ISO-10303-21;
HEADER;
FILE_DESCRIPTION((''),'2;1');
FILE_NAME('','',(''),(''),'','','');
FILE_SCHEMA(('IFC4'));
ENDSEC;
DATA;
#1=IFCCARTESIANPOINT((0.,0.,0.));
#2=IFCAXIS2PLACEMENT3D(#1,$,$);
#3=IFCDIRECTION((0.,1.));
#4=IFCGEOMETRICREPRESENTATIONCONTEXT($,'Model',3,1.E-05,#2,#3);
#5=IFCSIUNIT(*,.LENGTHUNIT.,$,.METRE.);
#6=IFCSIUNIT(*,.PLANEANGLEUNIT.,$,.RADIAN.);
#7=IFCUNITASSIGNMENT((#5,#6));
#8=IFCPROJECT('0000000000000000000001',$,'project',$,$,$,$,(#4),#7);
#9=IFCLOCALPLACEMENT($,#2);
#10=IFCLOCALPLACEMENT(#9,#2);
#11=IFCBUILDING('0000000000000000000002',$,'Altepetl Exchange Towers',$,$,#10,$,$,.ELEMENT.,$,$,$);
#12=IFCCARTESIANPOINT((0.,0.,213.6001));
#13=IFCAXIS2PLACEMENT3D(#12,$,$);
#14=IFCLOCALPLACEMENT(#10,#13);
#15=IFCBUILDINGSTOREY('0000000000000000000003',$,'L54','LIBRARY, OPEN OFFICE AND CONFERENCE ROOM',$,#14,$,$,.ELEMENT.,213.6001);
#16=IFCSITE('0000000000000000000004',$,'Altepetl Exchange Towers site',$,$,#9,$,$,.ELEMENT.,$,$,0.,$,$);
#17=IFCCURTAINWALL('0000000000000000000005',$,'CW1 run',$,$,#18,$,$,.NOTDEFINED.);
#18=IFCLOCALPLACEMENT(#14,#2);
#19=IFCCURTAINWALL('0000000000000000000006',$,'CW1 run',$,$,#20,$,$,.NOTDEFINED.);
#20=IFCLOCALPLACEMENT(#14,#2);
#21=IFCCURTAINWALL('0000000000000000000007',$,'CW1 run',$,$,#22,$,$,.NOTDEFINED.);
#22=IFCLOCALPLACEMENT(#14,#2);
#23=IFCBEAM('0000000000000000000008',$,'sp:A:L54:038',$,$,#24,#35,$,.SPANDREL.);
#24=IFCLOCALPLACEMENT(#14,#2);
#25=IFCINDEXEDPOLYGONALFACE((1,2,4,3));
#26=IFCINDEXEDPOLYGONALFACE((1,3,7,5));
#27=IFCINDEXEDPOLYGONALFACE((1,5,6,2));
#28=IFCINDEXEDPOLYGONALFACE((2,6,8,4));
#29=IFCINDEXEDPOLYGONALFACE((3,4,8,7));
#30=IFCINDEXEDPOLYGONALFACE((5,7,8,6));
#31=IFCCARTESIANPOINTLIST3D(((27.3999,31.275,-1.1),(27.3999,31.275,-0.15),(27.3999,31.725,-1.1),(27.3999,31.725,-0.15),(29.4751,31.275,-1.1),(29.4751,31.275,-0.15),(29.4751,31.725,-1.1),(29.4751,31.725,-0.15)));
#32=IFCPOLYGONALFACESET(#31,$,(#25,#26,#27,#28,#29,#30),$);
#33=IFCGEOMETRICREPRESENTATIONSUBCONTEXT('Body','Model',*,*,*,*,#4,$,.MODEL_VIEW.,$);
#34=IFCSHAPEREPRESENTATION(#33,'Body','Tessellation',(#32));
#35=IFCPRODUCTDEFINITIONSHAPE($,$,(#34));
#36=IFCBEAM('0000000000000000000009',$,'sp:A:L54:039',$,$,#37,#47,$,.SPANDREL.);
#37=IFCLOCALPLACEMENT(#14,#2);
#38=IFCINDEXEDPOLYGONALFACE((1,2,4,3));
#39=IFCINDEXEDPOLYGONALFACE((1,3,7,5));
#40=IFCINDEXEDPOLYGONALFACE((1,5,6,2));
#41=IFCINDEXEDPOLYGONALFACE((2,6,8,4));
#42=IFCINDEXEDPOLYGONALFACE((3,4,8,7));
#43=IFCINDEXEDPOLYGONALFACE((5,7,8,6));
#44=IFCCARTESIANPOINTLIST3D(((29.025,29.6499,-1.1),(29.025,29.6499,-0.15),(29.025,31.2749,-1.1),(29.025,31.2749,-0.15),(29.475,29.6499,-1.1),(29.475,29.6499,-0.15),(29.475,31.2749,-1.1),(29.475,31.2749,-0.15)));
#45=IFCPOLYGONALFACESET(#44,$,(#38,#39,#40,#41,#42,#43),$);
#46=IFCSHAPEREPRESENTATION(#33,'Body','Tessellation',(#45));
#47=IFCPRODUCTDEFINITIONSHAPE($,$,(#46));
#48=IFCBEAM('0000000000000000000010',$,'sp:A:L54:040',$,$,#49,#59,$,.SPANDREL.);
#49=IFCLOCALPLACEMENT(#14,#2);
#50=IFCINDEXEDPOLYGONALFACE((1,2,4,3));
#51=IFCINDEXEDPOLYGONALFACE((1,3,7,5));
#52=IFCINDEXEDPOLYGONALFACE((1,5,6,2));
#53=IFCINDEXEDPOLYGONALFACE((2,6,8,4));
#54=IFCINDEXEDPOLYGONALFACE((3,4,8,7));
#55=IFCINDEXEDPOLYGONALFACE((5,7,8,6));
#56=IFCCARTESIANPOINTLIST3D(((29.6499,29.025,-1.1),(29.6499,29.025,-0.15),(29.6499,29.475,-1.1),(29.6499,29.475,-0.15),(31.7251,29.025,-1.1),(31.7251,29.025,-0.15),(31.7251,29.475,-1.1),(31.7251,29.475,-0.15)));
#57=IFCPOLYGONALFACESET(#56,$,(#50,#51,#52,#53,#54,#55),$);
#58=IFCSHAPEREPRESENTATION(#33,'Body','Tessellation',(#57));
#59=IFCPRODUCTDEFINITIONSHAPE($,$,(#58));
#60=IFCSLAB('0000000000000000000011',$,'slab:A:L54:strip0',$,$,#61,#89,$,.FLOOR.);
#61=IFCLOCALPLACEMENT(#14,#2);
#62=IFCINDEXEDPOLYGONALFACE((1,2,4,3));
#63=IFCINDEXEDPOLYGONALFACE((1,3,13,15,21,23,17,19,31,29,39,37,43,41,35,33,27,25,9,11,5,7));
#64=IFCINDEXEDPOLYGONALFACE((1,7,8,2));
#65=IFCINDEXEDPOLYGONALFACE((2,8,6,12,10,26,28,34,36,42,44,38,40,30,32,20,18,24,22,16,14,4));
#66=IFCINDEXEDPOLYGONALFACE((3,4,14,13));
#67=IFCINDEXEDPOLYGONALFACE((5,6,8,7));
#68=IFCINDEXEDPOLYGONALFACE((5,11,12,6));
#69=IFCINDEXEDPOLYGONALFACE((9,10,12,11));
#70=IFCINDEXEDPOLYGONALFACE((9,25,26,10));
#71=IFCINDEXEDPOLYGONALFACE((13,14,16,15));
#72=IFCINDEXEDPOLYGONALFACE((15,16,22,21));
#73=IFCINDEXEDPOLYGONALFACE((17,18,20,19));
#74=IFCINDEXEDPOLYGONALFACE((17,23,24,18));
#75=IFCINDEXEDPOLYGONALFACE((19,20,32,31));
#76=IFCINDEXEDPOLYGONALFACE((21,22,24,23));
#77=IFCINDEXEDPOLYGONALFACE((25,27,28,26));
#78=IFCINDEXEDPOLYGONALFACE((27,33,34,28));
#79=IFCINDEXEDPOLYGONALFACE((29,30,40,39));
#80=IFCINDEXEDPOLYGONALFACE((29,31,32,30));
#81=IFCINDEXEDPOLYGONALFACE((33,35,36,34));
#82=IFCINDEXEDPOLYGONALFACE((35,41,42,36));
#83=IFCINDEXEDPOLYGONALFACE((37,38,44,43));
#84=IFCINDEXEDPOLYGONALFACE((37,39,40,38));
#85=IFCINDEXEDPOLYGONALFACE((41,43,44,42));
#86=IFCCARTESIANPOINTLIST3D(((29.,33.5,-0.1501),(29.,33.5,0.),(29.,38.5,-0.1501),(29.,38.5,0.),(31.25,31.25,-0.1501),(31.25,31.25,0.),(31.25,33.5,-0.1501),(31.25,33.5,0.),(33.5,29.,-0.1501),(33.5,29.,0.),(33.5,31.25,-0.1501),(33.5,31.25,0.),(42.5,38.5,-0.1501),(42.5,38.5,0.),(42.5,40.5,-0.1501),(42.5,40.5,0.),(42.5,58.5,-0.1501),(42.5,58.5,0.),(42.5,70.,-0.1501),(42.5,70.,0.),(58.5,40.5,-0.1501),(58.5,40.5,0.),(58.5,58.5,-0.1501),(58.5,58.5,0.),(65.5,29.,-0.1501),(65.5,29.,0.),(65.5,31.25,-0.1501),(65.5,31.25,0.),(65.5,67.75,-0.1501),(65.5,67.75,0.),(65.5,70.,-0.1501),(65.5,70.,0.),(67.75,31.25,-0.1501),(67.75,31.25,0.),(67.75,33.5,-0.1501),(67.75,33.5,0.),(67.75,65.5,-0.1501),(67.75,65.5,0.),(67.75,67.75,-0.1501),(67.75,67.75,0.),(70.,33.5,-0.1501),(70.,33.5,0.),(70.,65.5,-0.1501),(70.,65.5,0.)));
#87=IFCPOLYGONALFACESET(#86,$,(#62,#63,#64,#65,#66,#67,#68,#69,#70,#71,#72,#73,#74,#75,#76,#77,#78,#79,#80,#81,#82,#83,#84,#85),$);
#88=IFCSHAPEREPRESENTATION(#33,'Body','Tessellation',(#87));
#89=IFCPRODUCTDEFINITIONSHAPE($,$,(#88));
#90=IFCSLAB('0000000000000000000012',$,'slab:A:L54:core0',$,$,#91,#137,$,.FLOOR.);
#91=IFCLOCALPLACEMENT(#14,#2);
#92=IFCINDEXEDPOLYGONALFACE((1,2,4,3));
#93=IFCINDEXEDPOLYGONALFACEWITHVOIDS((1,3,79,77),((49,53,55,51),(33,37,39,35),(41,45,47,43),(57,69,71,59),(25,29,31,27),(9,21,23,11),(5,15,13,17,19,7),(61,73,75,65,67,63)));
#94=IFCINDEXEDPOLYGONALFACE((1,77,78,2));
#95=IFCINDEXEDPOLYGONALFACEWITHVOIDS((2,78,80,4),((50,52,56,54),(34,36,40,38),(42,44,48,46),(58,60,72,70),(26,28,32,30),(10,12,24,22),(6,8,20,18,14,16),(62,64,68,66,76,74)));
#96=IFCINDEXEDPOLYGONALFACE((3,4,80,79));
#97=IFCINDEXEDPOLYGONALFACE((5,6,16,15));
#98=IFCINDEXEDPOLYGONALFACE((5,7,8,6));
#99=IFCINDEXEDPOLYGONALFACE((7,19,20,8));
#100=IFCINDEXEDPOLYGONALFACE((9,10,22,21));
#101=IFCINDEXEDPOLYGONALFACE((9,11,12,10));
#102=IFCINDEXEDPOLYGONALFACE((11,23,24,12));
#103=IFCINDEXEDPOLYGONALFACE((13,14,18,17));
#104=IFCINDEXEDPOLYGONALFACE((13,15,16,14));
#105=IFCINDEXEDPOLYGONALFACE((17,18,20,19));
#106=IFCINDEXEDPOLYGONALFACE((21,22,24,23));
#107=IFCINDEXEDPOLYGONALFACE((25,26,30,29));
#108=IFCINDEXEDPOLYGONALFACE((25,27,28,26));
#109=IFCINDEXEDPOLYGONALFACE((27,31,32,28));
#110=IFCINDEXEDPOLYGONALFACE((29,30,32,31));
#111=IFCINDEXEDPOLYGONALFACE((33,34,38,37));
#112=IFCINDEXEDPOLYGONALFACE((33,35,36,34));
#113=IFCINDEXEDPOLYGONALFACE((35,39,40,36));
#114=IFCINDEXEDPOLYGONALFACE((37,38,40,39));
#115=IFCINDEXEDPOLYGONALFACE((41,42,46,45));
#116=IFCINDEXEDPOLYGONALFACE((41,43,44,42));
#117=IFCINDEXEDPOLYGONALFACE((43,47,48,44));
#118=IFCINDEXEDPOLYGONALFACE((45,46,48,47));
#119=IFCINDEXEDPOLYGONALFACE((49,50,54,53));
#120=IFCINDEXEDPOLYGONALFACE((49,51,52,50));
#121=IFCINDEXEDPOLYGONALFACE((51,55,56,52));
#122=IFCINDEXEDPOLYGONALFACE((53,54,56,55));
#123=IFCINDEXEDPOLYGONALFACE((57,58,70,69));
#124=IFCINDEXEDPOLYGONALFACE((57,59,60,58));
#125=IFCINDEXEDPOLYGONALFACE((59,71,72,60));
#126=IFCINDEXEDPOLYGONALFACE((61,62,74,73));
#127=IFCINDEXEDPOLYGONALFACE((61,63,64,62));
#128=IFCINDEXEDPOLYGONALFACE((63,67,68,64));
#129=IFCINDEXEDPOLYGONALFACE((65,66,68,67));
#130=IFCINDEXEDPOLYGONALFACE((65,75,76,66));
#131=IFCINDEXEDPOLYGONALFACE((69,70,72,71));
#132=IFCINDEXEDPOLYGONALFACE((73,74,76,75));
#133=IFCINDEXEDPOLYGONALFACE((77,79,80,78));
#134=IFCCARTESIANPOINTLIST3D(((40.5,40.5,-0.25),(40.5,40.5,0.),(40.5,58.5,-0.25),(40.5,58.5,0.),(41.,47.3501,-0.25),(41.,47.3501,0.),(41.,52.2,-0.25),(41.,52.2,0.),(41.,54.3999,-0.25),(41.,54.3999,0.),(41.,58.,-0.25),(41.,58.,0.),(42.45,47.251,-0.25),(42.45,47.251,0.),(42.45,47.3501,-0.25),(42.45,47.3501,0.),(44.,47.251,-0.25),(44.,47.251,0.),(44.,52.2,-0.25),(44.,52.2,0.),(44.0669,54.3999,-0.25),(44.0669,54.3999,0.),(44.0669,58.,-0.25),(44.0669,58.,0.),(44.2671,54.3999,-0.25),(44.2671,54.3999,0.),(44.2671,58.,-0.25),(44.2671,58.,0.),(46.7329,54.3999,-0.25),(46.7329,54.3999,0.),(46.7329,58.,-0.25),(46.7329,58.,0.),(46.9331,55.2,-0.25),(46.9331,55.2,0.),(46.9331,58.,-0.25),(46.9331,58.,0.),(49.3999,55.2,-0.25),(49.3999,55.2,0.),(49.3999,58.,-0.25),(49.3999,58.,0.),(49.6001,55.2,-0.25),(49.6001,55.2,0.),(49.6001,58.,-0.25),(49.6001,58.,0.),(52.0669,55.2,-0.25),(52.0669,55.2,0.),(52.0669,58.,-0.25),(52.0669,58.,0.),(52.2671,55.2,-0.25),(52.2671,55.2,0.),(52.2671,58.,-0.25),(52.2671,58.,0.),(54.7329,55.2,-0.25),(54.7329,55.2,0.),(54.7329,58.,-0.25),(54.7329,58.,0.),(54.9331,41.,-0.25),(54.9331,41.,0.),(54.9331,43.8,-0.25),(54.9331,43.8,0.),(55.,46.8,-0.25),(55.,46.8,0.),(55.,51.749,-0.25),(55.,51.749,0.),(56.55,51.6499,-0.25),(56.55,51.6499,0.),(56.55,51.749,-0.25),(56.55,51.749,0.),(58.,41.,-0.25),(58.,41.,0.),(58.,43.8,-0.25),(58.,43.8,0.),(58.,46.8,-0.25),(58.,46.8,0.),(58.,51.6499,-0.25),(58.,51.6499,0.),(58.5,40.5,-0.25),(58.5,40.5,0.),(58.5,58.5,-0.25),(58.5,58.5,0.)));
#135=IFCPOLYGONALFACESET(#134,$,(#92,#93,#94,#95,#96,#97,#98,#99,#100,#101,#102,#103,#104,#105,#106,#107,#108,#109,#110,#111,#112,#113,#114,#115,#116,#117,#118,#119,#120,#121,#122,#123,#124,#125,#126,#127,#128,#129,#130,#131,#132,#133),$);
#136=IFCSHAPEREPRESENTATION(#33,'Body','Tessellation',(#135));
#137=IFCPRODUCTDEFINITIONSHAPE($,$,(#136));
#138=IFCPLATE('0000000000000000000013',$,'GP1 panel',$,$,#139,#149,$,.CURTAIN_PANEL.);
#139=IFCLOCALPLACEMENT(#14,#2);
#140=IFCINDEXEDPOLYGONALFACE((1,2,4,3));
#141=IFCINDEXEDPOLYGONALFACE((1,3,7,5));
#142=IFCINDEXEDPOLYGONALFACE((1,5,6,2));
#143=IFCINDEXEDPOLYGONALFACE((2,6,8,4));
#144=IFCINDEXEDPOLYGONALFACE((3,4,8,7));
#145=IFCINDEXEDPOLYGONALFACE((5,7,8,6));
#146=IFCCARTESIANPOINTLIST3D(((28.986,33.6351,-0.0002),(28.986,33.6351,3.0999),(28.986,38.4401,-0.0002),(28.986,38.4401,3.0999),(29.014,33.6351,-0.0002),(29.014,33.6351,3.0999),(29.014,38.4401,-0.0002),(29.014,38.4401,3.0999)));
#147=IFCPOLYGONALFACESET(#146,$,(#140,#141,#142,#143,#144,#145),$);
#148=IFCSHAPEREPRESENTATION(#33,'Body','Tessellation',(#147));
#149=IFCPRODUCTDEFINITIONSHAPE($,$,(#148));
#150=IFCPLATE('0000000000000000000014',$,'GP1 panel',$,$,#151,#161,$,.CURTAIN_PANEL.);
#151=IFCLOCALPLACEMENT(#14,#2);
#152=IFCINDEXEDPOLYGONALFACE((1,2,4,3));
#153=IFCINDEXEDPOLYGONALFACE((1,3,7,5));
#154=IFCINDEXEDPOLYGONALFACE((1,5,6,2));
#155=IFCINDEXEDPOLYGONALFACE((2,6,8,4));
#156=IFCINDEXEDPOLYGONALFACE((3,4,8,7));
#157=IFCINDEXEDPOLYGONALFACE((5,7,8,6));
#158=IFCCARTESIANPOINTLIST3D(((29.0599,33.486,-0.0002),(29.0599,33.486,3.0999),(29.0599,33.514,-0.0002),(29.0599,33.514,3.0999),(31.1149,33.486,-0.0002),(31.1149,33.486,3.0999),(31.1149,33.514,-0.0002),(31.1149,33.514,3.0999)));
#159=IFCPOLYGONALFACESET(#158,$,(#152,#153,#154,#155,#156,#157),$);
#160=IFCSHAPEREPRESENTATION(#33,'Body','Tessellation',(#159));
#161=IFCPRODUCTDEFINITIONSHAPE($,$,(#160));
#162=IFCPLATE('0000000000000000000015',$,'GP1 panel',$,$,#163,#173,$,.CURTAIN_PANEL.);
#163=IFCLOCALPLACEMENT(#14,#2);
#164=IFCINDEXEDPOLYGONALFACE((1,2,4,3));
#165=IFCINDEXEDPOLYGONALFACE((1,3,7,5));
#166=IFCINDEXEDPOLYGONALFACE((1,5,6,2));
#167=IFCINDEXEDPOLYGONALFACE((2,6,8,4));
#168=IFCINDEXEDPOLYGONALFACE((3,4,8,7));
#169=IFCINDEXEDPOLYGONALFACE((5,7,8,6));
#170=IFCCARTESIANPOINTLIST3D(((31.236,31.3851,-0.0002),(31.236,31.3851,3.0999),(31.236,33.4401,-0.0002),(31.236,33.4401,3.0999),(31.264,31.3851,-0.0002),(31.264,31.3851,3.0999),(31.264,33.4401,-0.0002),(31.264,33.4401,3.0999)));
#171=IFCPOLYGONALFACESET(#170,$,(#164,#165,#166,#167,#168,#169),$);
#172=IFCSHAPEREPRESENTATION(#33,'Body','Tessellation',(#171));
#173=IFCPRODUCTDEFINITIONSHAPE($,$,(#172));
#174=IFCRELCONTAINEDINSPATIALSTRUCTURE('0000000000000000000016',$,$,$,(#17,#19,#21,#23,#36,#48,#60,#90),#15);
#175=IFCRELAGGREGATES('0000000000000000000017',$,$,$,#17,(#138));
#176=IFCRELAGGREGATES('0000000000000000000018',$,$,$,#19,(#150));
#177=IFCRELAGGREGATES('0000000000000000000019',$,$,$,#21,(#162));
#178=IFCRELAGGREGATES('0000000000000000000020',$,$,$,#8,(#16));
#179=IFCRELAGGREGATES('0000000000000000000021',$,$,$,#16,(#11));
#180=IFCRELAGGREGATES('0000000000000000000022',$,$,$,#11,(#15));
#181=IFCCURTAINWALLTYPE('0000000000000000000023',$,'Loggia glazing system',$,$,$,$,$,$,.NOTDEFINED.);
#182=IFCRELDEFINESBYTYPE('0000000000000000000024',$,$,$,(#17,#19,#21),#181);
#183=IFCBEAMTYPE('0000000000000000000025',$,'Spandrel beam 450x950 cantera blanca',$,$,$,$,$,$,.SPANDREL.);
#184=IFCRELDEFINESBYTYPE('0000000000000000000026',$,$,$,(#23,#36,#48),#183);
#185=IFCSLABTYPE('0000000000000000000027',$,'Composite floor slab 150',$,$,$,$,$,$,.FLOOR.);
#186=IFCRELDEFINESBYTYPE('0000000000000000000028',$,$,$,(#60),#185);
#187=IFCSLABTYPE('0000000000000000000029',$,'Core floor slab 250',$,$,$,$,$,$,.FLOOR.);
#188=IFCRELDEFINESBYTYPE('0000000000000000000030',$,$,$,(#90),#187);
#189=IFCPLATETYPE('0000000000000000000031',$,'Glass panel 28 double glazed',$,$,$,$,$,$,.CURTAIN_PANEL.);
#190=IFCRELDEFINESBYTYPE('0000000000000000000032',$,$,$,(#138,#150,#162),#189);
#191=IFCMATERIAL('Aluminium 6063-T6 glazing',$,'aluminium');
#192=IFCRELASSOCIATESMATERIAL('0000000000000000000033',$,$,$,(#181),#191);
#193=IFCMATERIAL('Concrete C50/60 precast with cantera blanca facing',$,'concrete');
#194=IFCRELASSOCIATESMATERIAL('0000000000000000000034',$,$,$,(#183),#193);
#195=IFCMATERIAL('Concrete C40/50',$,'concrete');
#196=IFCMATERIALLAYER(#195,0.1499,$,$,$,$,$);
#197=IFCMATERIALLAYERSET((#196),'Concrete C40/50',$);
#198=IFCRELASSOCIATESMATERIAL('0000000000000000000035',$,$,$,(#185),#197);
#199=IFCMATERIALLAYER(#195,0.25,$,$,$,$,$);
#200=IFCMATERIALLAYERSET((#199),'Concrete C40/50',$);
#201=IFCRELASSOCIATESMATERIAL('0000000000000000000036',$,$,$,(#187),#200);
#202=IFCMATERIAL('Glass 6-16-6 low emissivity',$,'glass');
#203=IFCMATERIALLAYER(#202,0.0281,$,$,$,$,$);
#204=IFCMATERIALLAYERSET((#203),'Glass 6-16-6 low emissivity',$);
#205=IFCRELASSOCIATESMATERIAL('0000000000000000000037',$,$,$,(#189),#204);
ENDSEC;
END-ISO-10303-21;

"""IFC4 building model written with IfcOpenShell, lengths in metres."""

from ifc_helpers import new_model, si_unit, direction, frame, origin, origin_2d, place, context, subcontext, project, spatial, polyline, rectangle, outline, extrude, material, layer, layer_set, material_profile, profile_set, type_object, element, aggregate, save


model = new_model("IFC4")

# Units and contexts
model_context = context("Model", 3, precision=1e-05, world=origin(), true_north=direction((0.0, 1.0)))
body_context = subcontext(model_context, "Body", "Model", "MODEL_VIEW")
ifc_project = project(units=[si_unit("LENGTHUNIT", "METRE"), si_unit("PLANEANGLEUNIT", "RADIAN")], contexts=[model_context])

# Site, building, storey
site_placement = place(None, origin())
site = spatial("IfcSite", under=ifc_project, at=site_placement, Name="Altepetl Exchange Towers site", CompositionType="ELEMENT", RefElevation=0.0)
building_placement = place(site_placement, origin())
building = spatial("IfcBuilding", under=site, at=building_placement, Name="Altepetl Exchange Towers", CompositionType="ELEMENT")
storey_placement = place(building_placement, frame((0.0, 0.0, 213.6001)))
storey = spatial("IfcBuildingStorey", under=building, at=storey_placement, Name="L54", Description="LIBRARY, OPEN OFFICE AND CONFERENCE ROOM", CompositionType="ELEMENT", Elevation=213.6001)

# Shared definitions
ifc_material_1 = material(Name="Aluminium 6063-T6 glazing", Category="aluminium")
curtain_wall_type = type_object("IfcCurtainWallType", Name="Loggia glazing system", PredefinedType="NOTDEFINED", material=ifc_material_1)

# Curtain walls
curtain_wall_1_placement = place(storey_placement, origin())
curtain_wall_1 = element("IfcCurtainWall", 1, at=curtain_wall_1_placement, inside=storey, type_object=curtain_wall_type, Name="CW1 run", PredefinedType="NOTDEFINED")
curtain_wall_2_placement = place(storey_placement, origin())
curtain_wall_2 = element("IfcCurtainWall", 2, at=curtain_wall_2_placement, inside=storey, type_object=curtain_wall_type, Name="CW1 run", PredefinedType="NOTDEFINED")
curtain_wall_3_placement = place(storey_placement, origin())
curtain_wall_3 = element("IfcCurtainWall", 3, at=curtain_wall_3_placement, inside=storey, type_object=curtain_wall_type, Name="CW1 run", PredefinedType="NOTDEFINED")

# Beams
ifc_material_2 = material(Name="Concrete C50/60 precast with cantera blanca facing", Category="concrete")
ifc_material_profile_1 = material_profile(ifc_material_2, rectangle(XDim=0.45, YDim=0.95, at=origin_2d()), Name="450 x 950")
ifc_profile_set_1 = profile_set([ifc_material_profile_1], Name="Concrete C50/60 precast with cantera blanca facing")
beam_type = type_object("IfcBeamType", Name="Spandrel beam 450x950 cantera blanca", PredefinedType="SPANDREL", material=ifc_profile_set_1)
beam_1_placement = place(storey_placement, frame((27.3999, 31.5, -0.625), z_axis=(1.0, 0.0, 0.0), x_axis=(0.0, 1.0, 0.0)))
element("IfcBeam", 4, at=beam_1_placement, inside=storey, type_object=beam_type, Name="sp:A:L54:038", PredefinedType="SPANDREL", context=body_context, shape_type="SweptSolid", body=[
    extrude(rectangle(XDim=0.45, YDim=0.95, at=origin_2d()), origin(), (0.0, 0.0, 1.0), 2.0752),
])
beam_2_placement = place(storey_placement, frame((29.25, 31.2749, -0.625), z_axis=(0.0, -1.0, 0.0), x_axis=(1.0, 0.0, 0.0)))
element("IfcBeam", 5, at=beam_2_placement, inside=storey, type_object=beam_type, Name="sp:A:L54:039", PredefinedType="SPANDREL", context=body_context, shape_type="SweptSolid", body=[
    extrude(rectangle(XDim=0.45, YDim=0.95, at=origin_2d()), origin(), (0.0, 0.0, 1.0), 1.625),
])
beam_3_placement = place(storey_placement, frame((29.6499, 29.25, -0.625), z_axis=(1.0, 0.0, 0.0), x_axis=(0.0, 1.0, 0.0)))
element("IfcBeam", 6, at=beam_3_placement, inside=storey, type_object=beam_type, Name="sp:A:L54:040", PredefinedType="SPANDREL", context=body_context, shape_type="SweptSolid", body=[
    extrude(rectangle(XDim=0.45, YDim=0.95, at=origin_2d()), origin(), (0.0, 0.0, 1.0), 2.0752),
])

# Slabs
ifc_material_3 = material(Name="Concrete C40/50", Category="concrete")
ifc_layer_1 = layer(ifc_material_3, 0.1499)
ifc_layer_set_1 = layer_set([ifc_layer_1], Name="Concrete C40/50")
slab_type_1 = type_object("IfcSlabType", Name="Composite floor slab 150", PredefinedType="FLOOR", material=ifc_layer_set_1)
slab_1_placement = place(storey_placement, frame((0.0, 0.0, -0.1501)))
element("IfcSlab", 7, at=slab_1_placement, inside=storey, type_object=slab_type_1, Name="slab:A:L54:strip0", PredefinedType="FLOOR", context=body_context, shape_type="SweptSolid", body=[
    extrude(outline(polyline([(42.5, 70.0), (42.5, 58.5), (58.5, 58.5), (58.5, 40.5), (42.5, 40.5), (42.5, 38.5), (29.0, 38.5), (29.0, 33.5), (31.25, 33.5), (31.25, 31.25), (33.5, 31.25), (33.5, 29.0), (65.5, 29.0), (65.5, 31.25), (67.75, 31.25), (67.75, 33.5), (70.0, 33.5), (70.0, 65.5), (67.75, 65.5), (67.75, 67.75), (65.5, 67.75), (65.5, 70.0), (42.5, 70.0)])), origin(), (0.0, 0.0, 1.0), 0.1501),
])
ifc_layer_2 = layer(ifc_material_3, 0.25)
ifc_layer_set_2 = layer_set([ifc_layer_2], Name="Concrete C40/50")
slab_type_2 = type_object("IfcSlabType", Name="Core floor slab 250", PredefinedType="FLOOR", material=ifc_layer_set_2)
slab_2_placement = place(storey_placement, frame((0.0, 0.0, -0.25)))
element("IfcSlab", 8, at=slab_2_placement, inside=storey, type_object=slab_type_2, Name="slab:A:L54:core0", PredefinedType="FLOOR", context=body_context, shape_type="SweptSolid", body=[
    extrude(outline(polyline([(40.5, 40.5), (58.5, 40.5), (58.5, 58.5), (40.5, 58.5), (40.5, 40.5)]), holes=[polyline([(54.9331, 43.8), (58.0, 43.8), (58.0, 41.0), (54.9331, 41.0), (54.9331, 43.8)]), polyline([(55.0, 51.749), (56.55, 51.749), (56.55, 51.6499), (58.0, 51.6499), (58.0, 46.8), (55.0, 46.8), (55.0, 51.749)]), polyline([(44.0, 47.251), (42.45, 47.251), (42.45, 47.3501), (41.0, 47.3501), (41.0, 52.2), (44.0, 52.2), (44.0, 47.251)]), polyline([(41.0, 58.0), (44.0669, 58.0), (44.0669, 54.3999), (41.0, 54.3999), (41.0, 58.0)]), polyline([(44.2671, 58.0), (46.7329, 58.0), (46.7329, 54.3999), (44.2671, 54.3999), (44.2671, 58.0)]), polyline([(46.9331, 58.0), (49.3999, 58.0), (49.3999, 55.2), (46.9331, 55.2), (46.9331, 58.0)]), polyline([(49.6001, 58.0), (52.0669, 58.0), (52.0669, 55.2), (49.6001, 55.2), (49.6001, 58.0)]), polyline([(52.2671, 58.0), (54.7329, 58.0), (54.7329, 55.2), (52.2671, 55.2), (52.2671, 58.0)])]), origin(), (0.0, 0.0, 1.0), 0.25),
])

# Plates
ifc_material_4 = material(Name="Glass 6-16-6 low emissivity", Category="glass")
ifc_layer_3 = layer(ifc_material_4, 0.0281)
ifc_layer_set_3 = layer_set([ifc_layer_3], Name="Glass 6-16-6 low emissivity")
plate_type = type_object("IfcPlateType", Name="Glass panel 28 double glazed", PredefinedType="CURTAIN_PANEL", material=ifc_layer_set_3)
plate_1_placement = place(storey_placement, frame((29.0, 36.0376, -0.0002), z_axis=(0.0, 0.0, 1.0), x_axis=(0.0, -1.0, 0.0)))
plate_1 = element("IfcPlate", 9, at=plate_1_placement, type_object=plate_type, Name="GP1 panel", PredefinedType="CURTAIN_PANEL", context=body_context, shape_type="SweptSolid", body=[
    extrude(rectangle(XDim=4.8049, YDim=0.0281, at=origin_2d()), origin(), (0.0, 0.0, 1.0), 3.1001),
])
aggregate(curtain_wall_1, [plate_1])
plate_2_placement = place(storey_placement, frame((30.0874, 33.5, -0.0002)))
plate_2 = element("IfcPlate", 10, at=plate_2_placement, type_object=plate_type, Name="GP1 panel", PredefinedType="CURTAIN_PANEL", context=body_context, shape_type="SweptSolid", body=[
    extrude(rectangle(XDim=2.0549, YDim=0.0281, at=origin_2d()), origin(), (0.0, 0.0, 1.0), 3.1001),
])
aggregate(curtain_wall_2, [plate_2])
plate_3_placement = place(storey_placement, frame((31.25, 32.4126, -0.0002), z_axis=(0.0, 0.0, 1.0), x_axis=(0.0, -1.0, 0.0)))
plate_3 = element("IfcPlate", 11, at=plate_3_placement, type_object=plate_type, Name="GP1 panel", PredefinedType="CURTAIN_PANEL", context=body_context, shape_type="SweptSolid", body=[
    extrude(rectangle(XDim=2.0549, YDim=0.0281, at=origin_2d()), origin(), (0.0, 0.0, 1.0), 3.1001),
])
aggregate(curtain_wall_3, [plate_3])

save(model, "model.ifc")
